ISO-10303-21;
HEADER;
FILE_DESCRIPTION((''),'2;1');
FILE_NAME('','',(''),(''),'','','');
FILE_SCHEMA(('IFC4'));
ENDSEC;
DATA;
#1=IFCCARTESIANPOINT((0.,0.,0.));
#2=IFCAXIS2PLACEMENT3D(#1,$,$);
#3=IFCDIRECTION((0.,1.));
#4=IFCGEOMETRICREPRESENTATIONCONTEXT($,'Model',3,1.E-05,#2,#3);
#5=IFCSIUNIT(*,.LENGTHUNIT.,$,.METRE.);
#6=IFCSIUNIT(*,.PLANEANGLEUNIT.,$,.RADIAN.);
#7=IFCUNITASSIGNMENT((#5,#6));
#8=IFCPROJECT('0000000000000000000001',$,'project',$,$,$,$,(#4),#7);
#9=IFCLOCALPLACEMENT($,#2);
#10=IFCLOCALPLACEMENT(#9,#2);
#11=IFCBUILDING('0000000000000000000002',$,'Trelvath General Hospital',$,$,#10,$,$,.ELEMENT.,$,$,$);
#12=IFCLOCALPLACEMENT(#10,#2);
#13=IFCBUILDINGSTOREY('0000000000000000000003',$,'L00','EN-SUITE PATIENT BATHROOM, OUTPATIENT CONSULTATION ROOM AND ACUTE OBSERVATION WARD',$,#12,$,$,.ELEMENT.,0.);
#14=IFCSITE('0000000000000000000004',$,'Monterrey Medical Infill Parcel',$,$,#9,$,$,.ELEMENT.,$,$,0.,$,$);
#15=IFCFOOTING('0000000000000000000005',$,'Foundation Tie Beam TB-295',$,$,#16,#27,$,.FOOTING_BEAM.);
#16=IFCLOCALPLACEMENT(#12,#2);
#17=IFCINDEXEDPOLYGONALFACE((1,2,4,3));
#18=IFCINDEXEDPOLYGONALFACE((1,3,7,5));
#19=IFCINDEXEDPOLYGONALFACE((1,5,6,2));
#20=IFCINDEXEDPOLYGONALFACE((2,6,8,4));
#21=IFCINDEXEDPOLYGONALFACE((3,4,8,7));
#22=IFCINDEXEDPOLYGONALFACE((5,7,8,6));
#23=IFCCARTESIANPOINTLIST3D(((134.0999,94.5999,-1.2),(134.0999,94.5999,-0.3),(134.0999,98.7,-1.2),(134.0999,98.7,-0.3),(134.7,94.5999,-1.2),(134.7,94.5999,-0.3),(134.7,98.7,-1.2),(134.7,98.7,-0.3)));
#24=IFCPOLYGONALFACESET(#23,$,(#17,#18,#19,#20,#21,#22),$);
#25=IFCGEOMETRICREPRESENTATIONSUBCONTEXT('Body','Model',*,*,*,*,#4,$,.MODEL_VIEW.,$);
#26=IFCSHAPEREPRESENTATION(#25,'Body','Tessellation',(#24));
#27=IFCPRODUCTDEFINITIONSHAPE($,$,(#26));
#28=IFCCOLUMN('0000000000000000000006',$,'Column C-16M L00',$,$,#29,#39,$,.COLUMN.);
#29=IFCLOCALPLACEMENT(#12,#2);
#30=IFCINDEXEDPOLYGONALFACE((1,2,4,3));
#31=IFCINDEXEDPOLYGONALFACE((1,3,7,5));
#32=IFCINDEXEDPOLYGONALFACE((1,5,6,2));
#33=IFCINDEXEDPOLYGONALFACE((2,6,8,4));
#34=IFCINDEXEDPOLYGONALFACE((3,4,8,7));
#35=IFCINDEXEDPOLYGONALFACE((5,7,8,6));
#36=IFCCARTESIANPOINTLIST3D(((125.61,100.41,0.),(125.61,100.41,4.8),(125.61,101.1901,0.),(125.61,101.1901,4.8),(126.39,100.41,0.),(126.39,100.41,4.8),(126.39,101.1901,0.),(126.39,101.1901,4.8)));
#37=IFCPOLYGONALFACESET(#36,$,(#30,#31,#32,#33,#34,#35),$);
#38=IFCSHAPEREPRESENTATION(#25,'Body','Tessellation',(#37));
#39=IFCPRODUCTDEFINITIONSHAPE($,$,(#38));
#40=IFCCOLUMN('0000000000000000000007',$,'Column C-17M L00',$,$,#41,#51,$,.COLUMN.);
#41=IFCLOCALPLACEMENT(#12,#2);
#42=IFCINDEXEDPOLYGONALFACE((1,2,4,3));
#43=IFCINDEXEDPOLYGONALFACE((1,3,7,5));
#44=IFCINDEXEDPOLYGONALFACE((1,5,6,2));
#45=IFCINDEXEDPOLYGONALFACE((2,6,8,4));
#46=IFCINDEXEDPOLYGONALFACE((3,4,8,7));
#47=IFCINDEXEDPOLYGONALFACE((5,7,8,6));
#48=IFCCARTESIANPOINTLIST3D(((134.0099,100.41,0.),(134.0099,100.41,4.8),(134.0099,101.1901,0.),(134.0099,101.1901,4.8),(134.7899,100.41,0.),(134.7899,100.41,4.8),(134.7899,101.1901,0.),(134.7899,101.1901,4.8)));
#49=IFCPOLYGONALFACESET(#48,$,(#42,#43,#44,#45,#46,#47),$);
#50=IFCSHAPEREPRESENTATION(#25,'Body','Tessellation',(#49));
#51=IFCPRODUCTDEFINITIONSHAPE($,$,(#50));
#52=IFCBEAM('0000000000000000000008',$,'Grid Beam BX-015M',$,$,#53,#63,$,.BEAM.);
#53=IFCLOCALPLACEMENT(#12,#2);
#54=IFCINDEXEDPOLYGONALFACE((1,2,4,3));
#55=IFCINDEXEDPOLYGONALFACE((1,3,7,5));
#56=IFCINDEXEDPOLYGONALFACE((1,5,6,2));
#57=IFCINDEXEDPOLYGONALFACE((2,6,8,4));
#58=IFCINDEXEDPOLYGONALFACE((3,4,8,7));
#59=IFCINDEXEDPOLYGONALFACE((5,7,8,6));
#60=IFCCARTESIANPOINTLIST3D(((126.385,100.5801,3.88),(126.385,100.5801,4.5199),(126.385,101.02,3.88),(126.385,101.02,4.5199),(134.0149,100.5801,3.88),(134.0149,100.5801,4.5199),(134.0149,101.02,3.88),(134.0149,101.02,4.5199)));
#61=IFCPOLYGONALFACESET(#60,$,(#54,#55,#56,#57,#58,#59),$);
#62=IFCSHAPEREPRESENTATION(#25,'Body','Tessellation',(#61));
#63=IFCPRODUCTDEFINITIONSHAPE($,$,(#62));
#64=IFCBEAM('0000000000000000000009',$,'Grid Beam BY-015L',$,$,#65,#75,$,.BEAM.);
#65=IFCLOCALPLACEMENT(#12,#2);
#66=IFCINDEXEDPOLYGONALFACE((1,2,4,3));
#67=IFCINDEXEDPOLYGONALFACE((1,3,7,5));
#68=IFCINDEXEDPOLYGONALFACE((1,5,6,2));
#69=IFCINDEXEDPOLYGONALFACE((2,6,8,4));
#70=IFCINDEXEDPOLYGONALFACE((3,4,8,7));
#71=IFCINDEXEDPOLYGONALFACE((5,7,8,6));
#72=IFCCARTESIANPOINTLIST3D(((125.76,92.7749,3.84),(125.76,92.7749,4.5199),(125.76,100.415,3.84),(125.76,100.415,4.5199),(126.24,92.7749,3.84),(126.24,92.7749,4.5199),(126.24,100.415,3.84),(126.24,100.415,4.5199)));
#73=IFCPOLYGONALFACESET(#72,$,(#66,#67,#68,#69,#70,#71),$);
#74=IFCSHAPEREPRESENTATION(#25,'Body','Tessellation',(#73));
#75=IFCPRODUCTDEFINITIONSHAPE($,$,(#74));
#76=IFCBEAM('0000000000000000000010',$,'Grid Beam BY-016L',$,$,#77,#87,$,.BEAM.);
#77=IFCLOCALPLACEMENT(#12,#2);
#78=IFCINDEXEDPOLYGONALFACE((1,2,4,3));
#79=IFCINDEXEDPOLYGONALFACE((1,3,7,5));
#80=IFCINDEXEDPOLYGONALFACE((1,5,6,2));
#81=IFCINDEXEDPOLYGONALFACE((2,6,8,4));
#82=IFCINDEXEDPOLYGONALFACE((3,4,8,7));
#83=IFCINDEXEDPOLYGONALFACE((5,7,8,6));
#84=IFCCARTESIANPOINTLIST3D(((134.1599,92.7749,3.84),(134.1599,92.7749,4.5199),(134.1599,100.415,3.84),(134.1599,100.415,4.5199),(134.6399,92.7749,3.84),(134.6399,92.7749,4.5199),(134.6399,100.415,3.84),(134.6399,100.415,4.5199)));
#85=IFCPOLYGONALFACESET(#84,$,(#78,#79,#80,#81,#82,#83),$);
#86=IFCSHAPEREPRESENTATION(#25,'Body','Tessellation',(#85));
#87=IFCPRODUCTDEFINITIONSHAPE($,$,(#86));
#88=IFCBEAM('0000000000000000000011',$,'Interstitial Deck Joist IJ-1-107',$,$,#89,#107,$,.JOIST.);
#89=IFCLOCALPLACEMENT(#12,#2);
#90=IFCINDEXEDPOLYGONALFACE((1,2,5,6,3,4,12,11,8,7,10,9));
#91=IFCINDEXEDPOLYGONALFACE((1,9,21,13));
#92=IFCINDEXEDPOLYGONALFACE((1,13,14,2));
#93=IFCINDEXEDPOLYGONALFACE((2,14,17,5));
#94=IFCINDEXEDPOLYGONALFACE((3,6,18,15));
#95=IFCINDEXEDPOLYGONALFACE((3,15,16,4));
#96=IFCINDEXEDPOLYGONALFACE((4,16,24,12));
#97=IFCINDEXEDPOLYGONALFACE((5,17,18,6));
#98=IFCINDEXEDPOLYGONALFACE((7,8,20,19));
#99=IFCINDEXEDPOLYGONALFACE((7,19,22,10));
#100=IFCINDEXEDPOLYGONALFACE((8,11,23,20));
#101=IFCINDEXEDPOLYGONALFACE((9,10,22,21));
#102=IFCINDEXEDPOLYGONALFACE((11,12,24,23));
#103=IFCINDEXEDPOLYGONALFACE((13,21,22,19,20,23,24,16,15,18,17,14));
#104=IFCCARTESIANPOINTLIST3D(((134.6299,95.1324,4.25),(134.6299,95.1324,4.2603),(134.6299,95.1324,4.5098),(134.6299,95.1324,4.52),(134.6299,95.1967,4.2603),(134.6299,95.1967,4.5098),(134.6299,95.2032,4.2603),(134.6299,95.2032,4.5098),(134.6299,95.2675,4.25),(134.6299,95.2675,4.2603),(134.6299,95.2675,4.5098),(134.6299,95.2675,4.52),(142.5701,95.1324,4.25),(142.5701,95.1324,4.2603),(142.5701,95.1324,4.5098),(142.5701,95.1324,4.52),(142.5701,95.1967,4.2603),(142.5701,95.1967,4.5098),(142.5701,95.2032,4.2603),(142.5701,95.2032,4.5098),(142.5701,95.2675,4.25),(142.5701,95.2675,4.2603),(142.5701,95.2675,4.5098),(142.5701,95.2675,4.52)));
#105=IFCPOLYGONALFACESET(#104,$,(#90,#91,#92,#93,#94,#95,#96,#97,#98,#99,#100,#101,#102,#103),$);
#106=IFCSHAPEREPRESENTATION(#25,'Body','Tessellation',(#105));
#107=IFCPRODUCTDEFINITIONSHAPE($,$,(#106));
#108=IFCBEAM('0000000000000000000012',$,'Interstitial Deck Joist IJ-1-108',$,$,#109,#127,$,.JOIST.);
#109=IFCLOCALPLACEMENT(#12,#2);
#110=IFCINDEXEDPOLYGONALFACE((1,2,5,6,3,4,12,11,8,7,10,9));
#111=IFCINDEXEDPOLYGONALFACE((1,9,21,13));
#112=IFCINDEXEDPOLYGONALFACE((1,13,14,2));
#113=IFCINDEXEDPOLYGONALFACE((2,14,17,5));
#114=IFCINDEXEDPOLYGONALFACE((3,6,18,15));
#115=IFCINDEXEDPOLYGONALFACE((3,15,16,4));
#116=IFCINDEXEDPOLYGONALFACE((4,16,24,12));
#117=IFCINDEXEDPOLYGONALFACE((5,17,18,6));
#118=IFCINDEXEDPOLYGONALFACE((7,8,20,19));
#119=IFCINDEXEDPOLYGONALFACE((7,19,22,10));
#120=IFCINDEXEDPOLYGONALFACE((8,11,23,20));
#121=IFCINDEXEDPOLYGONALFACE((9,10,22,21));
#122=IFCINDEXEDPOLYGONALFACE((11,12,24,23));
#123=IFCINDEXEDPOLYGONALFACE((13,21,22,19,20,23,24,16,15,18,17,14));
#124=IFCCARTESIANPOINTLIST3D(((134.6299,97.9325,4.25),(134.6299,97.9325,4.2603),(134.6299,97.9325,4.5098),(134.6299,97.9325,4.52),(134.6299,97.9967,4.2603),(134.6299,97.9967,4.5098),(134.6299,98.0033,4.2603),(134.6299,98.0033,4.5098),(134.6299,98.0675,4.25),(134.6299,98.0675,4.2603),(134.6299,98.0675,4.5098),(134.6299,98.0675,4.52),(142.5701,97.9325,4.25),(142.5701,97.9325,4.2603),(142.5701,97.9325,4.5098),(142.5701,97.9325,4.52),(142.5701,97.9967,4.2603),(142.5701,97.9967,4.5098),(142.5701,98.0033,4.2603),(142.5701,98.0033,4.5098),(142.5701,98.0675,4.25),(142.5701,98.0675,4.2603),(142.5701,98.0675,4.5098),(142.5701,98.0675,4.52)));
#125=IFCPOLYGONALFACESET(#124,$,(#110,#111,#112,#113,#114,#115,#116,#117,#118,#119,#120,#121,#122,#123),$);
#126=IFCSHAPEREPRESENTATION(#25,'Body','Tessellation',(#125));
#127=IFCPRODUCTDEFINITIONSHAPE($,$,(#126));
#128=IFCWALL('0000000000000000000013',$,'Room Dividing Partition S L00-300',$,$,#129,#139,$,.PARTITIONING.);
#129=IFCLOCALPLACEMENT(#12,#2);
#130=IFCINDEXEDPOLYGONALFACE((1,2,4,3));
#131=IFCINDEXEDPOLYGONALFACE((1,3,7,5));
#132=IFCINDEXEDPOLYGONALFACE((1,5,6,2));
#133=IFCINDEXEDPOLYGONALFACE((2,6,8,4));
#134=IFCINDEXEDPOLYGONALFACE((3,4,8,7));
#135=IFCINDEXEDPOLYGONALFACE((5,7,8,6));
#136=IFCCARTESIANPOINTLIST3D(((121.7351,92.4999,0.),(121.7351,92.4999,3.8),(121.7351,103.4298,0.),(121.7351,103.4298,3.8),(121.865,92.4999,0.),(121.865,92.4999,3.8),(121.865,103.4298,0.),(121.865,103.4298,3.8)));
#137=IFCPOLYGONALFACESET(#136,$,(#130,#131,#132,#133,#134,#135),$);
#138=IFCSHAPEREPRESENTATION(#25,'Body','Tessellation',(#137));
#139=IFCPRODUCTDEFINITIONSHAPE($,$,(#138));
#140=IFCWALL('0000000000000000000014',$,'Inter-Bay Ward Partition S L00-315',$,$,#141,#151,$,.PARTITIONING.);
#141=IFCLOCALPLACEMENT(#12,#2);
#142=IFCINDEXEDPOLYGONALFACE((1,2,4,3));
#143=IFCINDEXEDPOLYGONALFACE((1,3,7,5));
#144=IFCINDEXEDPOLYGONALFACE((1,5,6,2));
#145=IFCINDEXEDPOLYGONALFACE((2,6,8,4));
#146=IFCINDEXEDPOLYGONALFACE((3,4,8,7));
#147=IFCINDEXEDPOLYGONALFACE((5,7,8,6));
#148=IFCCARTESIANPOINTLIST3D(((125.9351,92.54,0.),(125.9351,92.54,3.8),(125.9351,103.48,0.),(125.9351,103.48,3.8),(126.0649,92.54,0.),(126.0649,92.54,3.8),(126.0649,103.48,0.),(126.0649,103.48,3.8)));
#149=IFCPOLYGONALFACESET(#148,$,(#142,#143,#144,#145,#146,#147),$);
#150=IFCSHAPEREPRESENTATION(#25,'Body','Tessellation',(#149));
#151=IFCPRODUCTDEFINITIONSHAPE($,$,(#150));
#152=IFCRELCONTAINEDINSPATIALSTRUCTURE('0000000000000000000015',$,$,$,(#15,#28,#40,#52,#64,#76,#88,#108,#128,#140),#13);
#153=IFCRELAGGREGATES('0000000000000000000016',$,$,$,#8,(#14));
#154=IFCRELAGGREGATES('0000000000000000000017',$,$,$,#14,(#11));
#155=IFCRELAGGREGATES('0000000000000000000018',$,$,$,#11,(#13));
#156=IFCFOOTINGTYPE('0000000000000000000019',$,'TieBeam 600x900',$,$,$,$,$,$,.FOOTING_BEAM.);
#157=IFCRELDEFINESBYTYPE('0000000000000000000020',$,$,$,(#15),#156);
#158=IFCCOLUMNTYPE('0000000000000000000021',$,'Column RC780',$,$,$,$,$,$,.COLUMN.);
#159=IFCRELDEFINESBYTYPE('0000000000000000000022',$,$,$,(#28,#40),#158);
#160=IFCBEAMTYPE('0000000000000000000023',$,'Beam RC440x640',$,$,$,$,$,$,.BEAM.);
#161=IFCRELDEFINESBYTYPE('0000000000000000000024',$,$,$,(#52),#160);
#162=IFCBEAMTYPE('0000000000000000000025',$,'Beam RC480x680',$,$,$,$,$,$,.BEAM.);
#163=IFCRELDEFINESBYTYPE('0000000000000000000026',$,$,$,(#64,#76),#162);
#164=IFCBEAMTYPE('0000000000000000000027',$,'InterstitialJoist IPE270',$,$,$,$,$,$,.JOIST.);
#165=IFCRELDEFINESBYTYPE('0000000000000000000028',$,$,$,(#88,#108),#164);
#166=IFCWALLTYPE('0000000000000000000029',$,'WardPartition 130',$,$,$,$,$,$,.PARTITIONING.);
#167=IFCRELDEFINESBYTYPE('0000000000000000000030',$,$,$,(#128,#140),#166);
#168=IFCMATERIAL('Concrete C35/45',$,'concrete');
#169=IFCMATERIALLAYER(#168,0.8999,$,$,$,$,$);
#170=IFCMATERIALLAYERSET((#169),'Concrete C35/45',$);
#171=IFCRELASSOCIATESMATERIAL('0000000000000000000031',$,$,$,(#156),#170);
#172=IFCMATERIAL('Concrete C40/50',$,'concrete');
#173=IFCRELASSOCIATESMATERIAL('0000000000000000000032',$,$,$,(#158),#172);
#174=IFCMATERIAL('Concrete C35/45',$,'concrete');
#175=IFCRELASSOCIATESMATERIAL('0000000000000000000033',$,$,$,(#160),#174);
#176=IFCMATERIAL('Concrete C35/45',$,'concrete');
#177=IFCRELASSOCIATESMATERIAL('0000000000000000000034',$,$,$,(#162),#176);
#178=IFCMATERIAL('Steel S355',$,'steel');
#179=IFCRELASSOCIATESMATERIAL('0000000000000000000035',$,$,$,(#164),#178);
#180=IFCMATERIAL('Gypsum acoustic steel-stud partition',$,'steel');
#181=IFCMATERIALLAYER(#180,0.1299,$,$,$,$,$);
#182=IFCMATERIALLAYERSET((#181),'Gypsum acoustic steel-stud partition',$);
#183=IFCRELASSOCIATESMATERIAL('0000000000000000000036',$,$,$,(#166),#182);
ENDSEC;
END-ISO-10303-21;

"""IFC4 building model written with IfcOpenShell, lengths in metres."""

from ifc_helpers import new_model, si_unit, direction, frame, frame_2d, origin, origin_2d, place, context, subcontext, project, spatial, rectangle, i_section, extrude, material, layer, layer_set, material_profile, profile_set, type_object, element, save


model = new_model("IFC4")

# Units and contexts
model_context = context("Model", 3, precision=1e-05, world=origin(), true_north=direction((0.0, 1.0)))
body_context = subcontext(model_context, "Body", "Model", "MODEL_VIEW")
ifc_project = project(units=[si_unit("LENGTHUNIT", "METRE"), si_unit("PLANEANGLEUNIT", "RADIAN")], contexts=[model_context])

# Site, building, storey
site_placement = place(None, origin())
site = spatial("IfcSite", under=ifc_project, at=site_placement, Name="Monterrey Medical Infill Parcel", CompositionType="ELEMENT", RefElevation=0.0)
building_placement = place(site_placement, origin())
building = spatial("IfcBuilding", under=site, at=building_placement, Name="Trelvath General Hospital", CompositionType="ELEMENT")
storey_placement = place(building_placement, origin())
storey = spatial("IfcBuildingStorey", under=building, at=storey_placement, Name="L00", Description="EN-SUITE PATIENT BATHROOM, OUTPATIENT CONSULTATION ROOM AND ACUTE OBSERVATION WARD", CompositionType="ELEMENT", Elevation=0.0)

# Footing
ifc_material_1 = material(Name="Concrete C35/45", Category="concrete")
ifc_layer_1 = layer(ifc_material_1, 0.8999)
ifc_layer_set_1 = layer_set([ifc_layer_1], Name="Concrete C35/45")
footing_type_1 = type_object("IfcFootingType", Name="TieBeam 600x900", PredefinedType="FOOTING_BEAM", material=ifc_layer_set_1)
footing_1_placement = place(storey_placement, frame((134.3999, 96.6499, -1.2), z_axis=(0.0, 0.0, 1.0), x_axis=(1.0, 0.0, 0.0)))
element("IfcFooting", 1, at=footing_1_placement, inside=storey, type_object=footing_type_1, Name="Foundation Tie Beam TB-295", PredefinedType="FOOTING_BEAM", context=body_context, shape_type="SweptSolid", body=[
    extrude(rectangle(XDim=0.6001, YDim=4.1001, at=origin_2d()), origin(), (0.0, 0.0, 1.0), 0.8999),
])

# Columns
ifc_material_2 = material(Name="Concrete C40/50", Category="concrete")
ifc_material_profile_1 = material_profile(ifc_material_2, rectangle(XDim=0.78, YDim=0.78, at=origin_2d()), Name="RC780x780")
ifc_profile_set_1 = profile_set([ifc_material_profile_1], Name="Concrete C40/50")
column_type = type_object("IfcColumnType", Name="Column RC780", PredefinedType="COLUMN", material=ifc_profile_set_1)
for number, where, z_axis, x_axis, name in (
    (2, (126.0, 100.8, 0.0), (0.0, 0.0, 1.0), (1.0, 0.0, 0.0), "Column C-16M L00"),
    (3, (134.3999, 100.8, 0.0), (0.0, 0.0, 1.0), (1.0, 0.0, 0.0), "Column C-17M L00"),
):
    element("IfcColumn", number, at=place(storey_placement, frame(where, z_axis=z_axis, x_axis=x_axis)), inside=storey, type_object=column_type, Name=name, PredefinedType="COLUMN", context=body_context, shape_type="SweptSolid", body=[
        extrude(rectangle(XDim=0.78, YDim=0.78, at=origin_2d()), origin(), (0.0, 0.0, 1.0), 4.8),
    ])

# Beams
ifc_material_3 = material(Name="Concrete C35/45", Category="concrete")
ifc_material_profile_2 = material_profile(ifc_material_3, rectangle(XDim=0.4399, YDim=0.6399, at=origin_2d()), Name="RCB440x640")
ifc_profile_set_2 = profile_set([ifc_material_profile_2], Name="Concrete C35/45")
beam_type_1 = type_object("IfcBeamType", Name="Beam RC440x640", PredefinedType="BEAM", material=ifc_profile_set_2)
beam_placement = place(storey_placement, frame((126.385, 100.8, 4.2), z_axis=(1.0, 0.0, 0.0), x_axis=(0.0, 1.0, 0.0)))
element("IfcBeam", 4, at=beam_placement, inside=storey, type_object=beam_type_1, Name="Grid Beam BX-015M", PredefinedType="BEAM", context=body_context, shape_type="SweptSolid", body=[
    extrude(rectangle(XDim=0.4399, YDim=0.6399, at=origin_2d()), origin(), (0.0, 0.0, 1.0), 7.6299),
])
ifc_material_4 = material(Name="Concrete C35/45", Category="concrete")
ifc_material_profile_3 = material_profile(ifc_material_4, rectangle(XDim=0.48, YDim=0.6799, at=origin_2d()), Name="RCB480x680")
ifc_profile_set_3 = profile_set([ifc_material_profile_3], Name="Concrete C35/45")
beam_type_2 = type_object("IfcBeamType", Name="Beam RC480x680", PredefinedType="BEAM", material=ifc_profile_set_3)
for number, where, z_axis, x_axis, name in (
    (5, (126.0, 92.7749, 4.1799), (0.0, 1.0, 0.0), (-1.0, 0.0, 0.0), "Grid Beam BY-015L"),
    (6, (134.3999, 92.7749, 4.1799), (0.0, 1.0, 0.0), (-1.0, 0.0, 0.0), "Grid Beam BY-016L"),
):
    element("IfcBeam", number, at=place(storey_placement, frame(where, z_axis=z_axis, x_axis=x_axis)), inside=storey, type_object=beam_type_2, Name=name, PredefinedType="BEAM", context=body_context, shape_type="SweptSolid", body=[
        extrude(rectangle(XDim=0.48, YDim=0.6799, at=origin_2d()), origin(), (0.0, 0.0, 1.0), 7.6401),
    ])
ifc_material_5 = material(Name="Steel S355", Category="steel")
ifc_material_profile_4 = material_profile(ifc_material_5, i_section(OverallWidth=0.135, OverallDepth=0.27, WebThickness=0.0066, FlangeThickness=0.0103, at=origin_2d()), Name="IPE270")
ifc_profile_set_4 = profile_set([ifc_material_profile_4], Name="Steel S355")
beam_type_3 = type_object("IfcBeamType", Name="InterstitialJoist IPE270", PredefinedType="JOIST", material=ifc_profile_set_4)
for number, where, z_axis, x_axis, name in (
    (7, (134.6299, 95.2, 4.385), (1.0, 0.0, 0.0), (0.0, 1.0, 0.0), "Interstitial Deck Joist IJ-1-107"),
    (8, (134.6299, 98.0, 4.385), (1.0, 0.0, 0.0), (0.0, 1.0, 0.0), "Interstitial Deck Joist IJ-1-108"),
):
    element("IfcBeam", number, at=place(storey_placement, frame(where, z_axis=z_axis, x_axis=x_axis)), inside=storey, type_object=beam_type_3, Name=name, PredefinedType="JOIST", context=body_context, shape_type="SweptSolid", body=[
        extrude(i_section(OverallWidth=0.135, OverallDepth=0.27, WebThickness=0.0066, FlangeThickness=0.0103, at=origin_2d()), origin(), (0.0, 0.0, 1.0), 7.9402),
    ])

# Walls
ifc_material_6 = material(Name="Gypsum acoustic steel-stud partition", Category="steel")
ifc_layer_2 = layer(ifc_material_6, 0.1299)
ifc_layer_set_2 = layer_set([ifc_layer_2], Name="Gypsum acoustic steel-stud partition")
wall_type = type_object("IfcWallType", Name="WardPartition 130", PredefinedType="PARTITIONING", material=ifc_layer_set_2)
wall_1_placement = place(storey_placement, frame((121.8, 92.5, 0.0), z_axis=(0.0, 0.0, 1.0), x_axis=(0.0, 1.0, 0.0)))
element("IfcWall", 9, at=wall_1_placement, inside=storey, type_object=wall_type, Name="Room Dividing Partition S L00-300", PredefinedType="PARTITIONING", context=body_context, shape_type="SweptSolid", body=[
    extrude(rectangle(XDim=10.9299, YDim=0.1299, at=frame_2d((5.4648, 0.0))), origin(), (0.0, 0.0, 1.0), 3.8),
])
wall_2_placement = place(storey_placement, frame((126.0, 92.54, 0.0), z_axis=(0.0, 0.0, 1.0), x_axis=(0.0, 1.0, 0.0)))
element("IfcWall", 10, at=wall_2_placement, inside=storey, type_object=wall_type, Name="Inter-Bay Ward Partition S L00-315", PredefinedType="PARTITIONING", context=body_context, shape_type="SweptSolid", body=[
    extrude(rectangle(XDim=10.9399, YDim=0.1299, at=frame_2d((5.47, 0.0))), origin(), (0.0, 0.0, 1.0), 3.8),
])

save(model, "model.ifc")
